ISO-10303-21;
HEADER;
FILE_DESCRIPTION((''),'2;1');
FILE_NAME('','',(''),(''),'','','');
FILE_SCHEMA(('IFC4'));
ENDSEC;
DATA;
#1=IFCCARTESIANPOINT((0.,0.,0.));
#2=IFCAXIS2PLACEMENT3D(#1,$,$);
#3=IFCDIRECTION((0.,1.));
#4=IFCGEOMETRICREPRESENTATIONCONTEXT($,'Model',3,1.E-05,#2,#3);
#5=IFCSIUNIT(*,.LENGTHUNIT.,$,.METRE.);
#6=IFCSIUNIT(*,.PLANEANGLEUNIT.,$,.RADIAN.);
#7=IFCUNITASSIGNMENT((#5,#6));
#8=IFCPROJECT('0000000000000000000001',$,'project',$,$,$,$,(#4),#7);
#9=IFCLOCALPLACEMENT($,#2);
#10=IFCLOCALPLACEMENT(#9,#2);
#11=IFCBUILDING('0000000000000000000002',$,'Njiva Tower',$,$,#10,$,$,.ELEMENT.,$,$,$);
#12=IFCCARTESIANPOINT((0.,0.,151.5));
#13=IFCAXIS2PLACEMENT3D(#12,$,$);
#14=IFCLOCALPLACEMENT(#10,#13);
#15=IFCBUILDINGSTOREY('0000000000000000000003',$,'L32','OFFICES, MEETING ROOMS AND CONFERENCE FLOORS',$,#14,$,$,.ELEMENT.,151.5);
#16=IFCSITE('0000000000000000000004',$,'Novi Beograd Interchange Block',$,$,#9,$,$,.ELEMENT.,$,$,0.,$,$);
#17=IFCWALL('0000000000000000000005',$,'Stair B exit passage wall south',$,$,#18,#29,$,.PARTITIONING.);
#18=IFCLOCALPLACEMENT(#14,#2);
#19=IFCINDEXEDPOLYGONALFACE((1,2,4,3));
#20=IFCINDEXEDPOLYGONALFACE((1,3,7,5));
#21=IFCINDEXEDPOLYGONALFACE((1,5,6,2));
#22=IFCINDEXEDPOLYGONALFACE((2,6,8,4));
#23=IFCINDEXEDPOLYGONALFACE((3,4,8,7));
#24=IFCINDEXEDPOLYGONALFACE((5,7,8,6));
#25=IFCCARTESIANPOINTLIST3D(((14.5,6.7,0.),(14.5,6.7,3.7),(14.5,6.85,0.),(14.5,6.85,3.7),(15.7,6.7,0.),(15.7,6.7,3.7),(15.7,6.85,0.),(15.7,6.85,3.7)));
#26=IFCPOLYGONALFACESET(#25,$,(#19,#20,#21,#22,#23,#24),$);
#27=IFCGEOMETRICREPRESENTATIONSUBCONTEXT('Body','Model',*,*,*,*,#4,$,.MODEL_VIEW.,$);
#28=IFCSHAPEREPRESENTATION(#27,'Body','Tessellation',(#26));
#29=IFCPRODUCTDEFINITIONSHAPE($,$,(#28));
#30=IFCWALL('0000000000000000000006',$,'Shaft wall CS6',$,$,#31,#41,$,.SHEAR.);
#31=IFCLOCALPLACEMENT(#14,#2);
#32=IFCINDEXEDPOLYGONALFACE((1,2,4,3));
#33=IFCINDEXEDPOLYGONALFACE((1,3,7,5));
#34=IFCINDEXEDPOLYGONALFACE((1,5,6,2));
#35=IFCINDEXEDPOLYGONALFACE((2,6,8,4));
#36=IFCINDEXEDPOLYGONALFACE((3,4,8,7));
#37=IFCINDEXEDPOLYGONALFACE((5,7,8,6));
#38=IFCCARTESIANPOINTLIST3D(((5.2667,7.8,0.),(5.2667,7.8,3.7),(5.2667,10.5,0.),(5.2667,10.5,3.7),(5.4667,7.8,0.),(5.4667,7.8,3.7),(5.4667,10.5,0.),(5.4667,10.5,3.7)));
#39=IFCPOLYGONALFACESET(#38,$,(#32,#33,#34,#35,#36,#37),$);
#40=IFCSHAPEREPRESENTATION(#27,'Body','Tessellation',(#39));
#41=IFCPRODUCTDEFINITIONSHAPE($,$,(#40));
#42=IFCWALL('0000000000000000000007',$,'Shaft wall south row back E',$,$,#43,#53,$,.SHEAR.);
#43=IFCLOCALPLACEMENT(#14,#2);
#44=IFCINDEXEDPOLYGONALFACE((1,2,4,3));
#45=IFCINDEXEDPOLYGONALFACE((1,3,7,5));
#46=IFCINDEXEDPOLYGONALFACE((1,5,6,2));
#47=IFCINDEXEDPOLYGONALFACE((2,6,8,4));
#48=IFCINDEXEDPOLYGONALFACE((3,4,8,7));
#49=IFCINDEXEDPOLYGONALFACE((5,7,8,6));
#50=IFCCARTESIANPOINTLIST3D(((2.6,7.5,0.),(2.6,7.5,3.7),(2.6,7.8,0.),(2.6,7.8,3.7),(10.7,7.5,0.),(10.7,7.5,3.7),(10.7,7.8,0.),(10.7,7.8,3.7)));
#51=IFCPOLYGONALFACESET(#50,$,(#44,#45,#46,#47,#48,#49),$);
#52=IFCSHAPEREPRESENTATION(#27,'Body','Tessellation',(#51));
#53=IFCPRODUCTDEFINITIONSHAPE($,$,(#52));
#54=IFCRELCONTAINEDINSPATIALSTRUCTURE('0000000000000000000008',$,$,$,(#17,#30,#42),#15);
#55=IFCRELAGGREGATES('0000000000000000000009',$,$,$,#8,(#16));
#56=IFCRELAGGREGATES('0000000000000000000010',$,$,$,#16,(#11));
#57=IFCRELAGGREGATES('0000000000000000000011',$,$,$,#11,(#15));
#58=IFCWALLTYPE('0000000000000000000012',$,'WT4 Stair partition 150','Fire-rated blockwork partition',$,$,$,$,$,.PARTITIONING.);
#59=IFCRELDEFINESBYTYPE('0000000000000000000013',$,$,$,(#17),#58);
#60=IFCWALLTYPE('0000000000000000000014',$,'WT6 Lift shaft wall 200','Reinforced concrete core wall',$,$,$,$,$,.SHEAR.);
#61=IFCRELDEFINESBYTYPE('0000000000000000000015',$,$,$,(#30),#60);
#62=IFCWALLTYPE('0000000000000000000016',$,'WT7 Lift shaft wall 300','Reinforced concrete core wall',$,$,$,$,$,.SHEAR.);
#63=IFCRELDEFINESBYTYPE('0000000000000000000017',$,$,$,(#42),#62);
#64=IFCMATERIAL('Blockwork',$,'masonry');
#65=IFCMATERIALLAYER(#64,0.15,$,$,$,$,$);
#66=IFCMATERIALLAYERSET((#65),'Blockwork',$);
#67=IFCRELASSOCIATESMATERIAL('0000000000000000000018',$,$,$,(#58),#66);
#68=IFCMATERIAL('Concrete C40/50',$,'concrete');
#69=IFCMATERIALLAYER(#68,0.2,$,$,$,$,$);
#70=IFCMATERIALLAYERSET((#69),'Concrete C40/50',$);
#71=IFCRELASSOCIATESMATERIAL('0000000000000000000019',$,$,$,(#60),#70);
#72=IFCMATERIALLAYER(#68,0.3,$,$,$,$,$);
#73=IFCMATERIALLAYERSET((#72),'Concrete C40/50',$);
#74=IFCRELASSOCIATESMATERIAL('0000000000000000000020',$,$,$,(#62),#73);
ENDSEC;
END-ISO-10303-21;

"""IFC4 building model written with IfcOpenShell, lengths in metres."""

from ifc_helpers import new_model, si_unit, direction, frame, frame_2d, origin, place, context, subcontext, project, spatial, rectangle, extrude, material, layer, layer_set, type_object, element, save


model = new_model("IFC4")

# Units and contexts
model_context = context("Model", 3, precision=1e-05, world=origin(), true_north=direction((0.0, 1.0)))
body_context = subcontext(model_context, "Body", "Model", "MODEL_VIEW")
ifc_project = project(units=[si_unit("LENGTHUNIT", "METRE"), si_unit("PLANEANGLEUNIT", "RADIAN")], contexts=[model_context])

# Site, building, storey
site_placement = place(None, origin())
site = spatial("IfcSite", under=ifc_project, at=site_placement, Name="Novi Beograd Interchange Block", CompositionType="ELEMENT", RefElevation=0.0)
building_placement = place(site_placement, origin())
building = spatial("IfcBuilding", under=site, at=building_placement, Name="Njiva Tower", CompositionType="ELEMENT")
storey_placement = place(building_placement, frame((0.0, 0.0, 151.5)))
storey = spatial("IfcBuildingStorey", under=building, at=storey_placement, Name="L32", Description="OFFICES, MEETING ROOMS AND CONFERENCE FLOORS", CompositionType="ELEMENT", Elevation=151.5)

# Shared definitions
ifc_material_1 = material(Name="Blockwork", Category="masonry")

# Shared definitions
ifc_material_2 = material(Name="Concrete C40/50", Category="concrete")

# Walls
ifc_layer_1 = layer(ifc_material_1, 0.15)
ifc_layer_set_1 = layer_set([ifc_layer_1], Name="Blockwork")
wall_type_1 = type_object("IfcWallType", Name="WT4 Stair partition 150", Description="Fire-rated blockwork partition", PredefinedType="PARTITIONING", material=ifc_layer_set_1)
wall_1_placement = place(storey_placement, frame((14.5, 6.775, 0.0), z_axis=(0.0, 0.0, 1.0), x_axis=(1.0, 0.0, 0.0)))
element("IfcWall", 1, at=wall_1_placement, inside=storey, type_object=wall_type_1, Name="Stair B exit passage wall south", PredefinedType="PARTITIONING", context=body_context, shape_type="SweptSolid", body=[
    extrude(rectangle(XDim=1.2, YDim=0.15, at=frame_2d((0.6, 0.0))), origin(), (0.0, 0.0, 1.0), 3.7),
])
ifc_layer_2 = layer(ifc_material_2, 0.2)
ifc_layer_set_2 = layer_set([ifc_layer_2], Name="Concrete C40/50")
wall_type_2 = type_object("IfcWallType", Name="WT6 Lift shaft wall 200", Description="Reinforced concrete core wall", PredefinedType="SHEAR", material=ifc_layer_set_2)
wall_2_placement = place(storey_placement, frame((5.3667, 7.8, 0.0), z_axis=(0.0, 0.0, 1.0), x_axis=(0.0, 1.0, 0.0)))
element("IfcWall", 2, at=wall_2_placement, inside=storey, type_object=wall_type_2, Name="Shaft wall CS6", PredefinedType="SHEAR", context=body_context, shape_type="SweptSolid", body=[
    extrude(rectangle(XDim=2.7, YDim=0.2, at=frame_2d((1.35, 0.0))), origin(), (0.0, 0.0, 1.0), 3.7),
])
ifc_layer_3 = layer(ifc_material_2, 0.3)
ifc_layer_set_3 = layer_set([ifc_layer_3], Name="Concrete C40/50")
wall_type_3 = type_object("IfcWallType", Name="WT7 Lift shaft wall 300", Description="Reinforced concrete core wall", PredefinedType="SHEAR", material=ifc_layer_set_3)
wall_3_placement = place(storey_placement, frame((2.6, 7.65, 0.0), z_axis=(0.0, 0.0, 1.0), x_axis=(1.0, 0.0, 0.0)))
element("IfcWall", 3, at=wall_3_placement, inside=storey, type_object=wall_type_3, Name="Shaft wall south row back E", PredefinedType="SHEAR", context=body_context, shape_type="SweptSolid", body=[
    extrude(rectangle(XDim=8.1, YDim=0.3, at=frame_2d((4.05, 0.0))), origin(), (0.0, 0.0, 1.0), 3.7),
])

save(model, "model.ifc")
